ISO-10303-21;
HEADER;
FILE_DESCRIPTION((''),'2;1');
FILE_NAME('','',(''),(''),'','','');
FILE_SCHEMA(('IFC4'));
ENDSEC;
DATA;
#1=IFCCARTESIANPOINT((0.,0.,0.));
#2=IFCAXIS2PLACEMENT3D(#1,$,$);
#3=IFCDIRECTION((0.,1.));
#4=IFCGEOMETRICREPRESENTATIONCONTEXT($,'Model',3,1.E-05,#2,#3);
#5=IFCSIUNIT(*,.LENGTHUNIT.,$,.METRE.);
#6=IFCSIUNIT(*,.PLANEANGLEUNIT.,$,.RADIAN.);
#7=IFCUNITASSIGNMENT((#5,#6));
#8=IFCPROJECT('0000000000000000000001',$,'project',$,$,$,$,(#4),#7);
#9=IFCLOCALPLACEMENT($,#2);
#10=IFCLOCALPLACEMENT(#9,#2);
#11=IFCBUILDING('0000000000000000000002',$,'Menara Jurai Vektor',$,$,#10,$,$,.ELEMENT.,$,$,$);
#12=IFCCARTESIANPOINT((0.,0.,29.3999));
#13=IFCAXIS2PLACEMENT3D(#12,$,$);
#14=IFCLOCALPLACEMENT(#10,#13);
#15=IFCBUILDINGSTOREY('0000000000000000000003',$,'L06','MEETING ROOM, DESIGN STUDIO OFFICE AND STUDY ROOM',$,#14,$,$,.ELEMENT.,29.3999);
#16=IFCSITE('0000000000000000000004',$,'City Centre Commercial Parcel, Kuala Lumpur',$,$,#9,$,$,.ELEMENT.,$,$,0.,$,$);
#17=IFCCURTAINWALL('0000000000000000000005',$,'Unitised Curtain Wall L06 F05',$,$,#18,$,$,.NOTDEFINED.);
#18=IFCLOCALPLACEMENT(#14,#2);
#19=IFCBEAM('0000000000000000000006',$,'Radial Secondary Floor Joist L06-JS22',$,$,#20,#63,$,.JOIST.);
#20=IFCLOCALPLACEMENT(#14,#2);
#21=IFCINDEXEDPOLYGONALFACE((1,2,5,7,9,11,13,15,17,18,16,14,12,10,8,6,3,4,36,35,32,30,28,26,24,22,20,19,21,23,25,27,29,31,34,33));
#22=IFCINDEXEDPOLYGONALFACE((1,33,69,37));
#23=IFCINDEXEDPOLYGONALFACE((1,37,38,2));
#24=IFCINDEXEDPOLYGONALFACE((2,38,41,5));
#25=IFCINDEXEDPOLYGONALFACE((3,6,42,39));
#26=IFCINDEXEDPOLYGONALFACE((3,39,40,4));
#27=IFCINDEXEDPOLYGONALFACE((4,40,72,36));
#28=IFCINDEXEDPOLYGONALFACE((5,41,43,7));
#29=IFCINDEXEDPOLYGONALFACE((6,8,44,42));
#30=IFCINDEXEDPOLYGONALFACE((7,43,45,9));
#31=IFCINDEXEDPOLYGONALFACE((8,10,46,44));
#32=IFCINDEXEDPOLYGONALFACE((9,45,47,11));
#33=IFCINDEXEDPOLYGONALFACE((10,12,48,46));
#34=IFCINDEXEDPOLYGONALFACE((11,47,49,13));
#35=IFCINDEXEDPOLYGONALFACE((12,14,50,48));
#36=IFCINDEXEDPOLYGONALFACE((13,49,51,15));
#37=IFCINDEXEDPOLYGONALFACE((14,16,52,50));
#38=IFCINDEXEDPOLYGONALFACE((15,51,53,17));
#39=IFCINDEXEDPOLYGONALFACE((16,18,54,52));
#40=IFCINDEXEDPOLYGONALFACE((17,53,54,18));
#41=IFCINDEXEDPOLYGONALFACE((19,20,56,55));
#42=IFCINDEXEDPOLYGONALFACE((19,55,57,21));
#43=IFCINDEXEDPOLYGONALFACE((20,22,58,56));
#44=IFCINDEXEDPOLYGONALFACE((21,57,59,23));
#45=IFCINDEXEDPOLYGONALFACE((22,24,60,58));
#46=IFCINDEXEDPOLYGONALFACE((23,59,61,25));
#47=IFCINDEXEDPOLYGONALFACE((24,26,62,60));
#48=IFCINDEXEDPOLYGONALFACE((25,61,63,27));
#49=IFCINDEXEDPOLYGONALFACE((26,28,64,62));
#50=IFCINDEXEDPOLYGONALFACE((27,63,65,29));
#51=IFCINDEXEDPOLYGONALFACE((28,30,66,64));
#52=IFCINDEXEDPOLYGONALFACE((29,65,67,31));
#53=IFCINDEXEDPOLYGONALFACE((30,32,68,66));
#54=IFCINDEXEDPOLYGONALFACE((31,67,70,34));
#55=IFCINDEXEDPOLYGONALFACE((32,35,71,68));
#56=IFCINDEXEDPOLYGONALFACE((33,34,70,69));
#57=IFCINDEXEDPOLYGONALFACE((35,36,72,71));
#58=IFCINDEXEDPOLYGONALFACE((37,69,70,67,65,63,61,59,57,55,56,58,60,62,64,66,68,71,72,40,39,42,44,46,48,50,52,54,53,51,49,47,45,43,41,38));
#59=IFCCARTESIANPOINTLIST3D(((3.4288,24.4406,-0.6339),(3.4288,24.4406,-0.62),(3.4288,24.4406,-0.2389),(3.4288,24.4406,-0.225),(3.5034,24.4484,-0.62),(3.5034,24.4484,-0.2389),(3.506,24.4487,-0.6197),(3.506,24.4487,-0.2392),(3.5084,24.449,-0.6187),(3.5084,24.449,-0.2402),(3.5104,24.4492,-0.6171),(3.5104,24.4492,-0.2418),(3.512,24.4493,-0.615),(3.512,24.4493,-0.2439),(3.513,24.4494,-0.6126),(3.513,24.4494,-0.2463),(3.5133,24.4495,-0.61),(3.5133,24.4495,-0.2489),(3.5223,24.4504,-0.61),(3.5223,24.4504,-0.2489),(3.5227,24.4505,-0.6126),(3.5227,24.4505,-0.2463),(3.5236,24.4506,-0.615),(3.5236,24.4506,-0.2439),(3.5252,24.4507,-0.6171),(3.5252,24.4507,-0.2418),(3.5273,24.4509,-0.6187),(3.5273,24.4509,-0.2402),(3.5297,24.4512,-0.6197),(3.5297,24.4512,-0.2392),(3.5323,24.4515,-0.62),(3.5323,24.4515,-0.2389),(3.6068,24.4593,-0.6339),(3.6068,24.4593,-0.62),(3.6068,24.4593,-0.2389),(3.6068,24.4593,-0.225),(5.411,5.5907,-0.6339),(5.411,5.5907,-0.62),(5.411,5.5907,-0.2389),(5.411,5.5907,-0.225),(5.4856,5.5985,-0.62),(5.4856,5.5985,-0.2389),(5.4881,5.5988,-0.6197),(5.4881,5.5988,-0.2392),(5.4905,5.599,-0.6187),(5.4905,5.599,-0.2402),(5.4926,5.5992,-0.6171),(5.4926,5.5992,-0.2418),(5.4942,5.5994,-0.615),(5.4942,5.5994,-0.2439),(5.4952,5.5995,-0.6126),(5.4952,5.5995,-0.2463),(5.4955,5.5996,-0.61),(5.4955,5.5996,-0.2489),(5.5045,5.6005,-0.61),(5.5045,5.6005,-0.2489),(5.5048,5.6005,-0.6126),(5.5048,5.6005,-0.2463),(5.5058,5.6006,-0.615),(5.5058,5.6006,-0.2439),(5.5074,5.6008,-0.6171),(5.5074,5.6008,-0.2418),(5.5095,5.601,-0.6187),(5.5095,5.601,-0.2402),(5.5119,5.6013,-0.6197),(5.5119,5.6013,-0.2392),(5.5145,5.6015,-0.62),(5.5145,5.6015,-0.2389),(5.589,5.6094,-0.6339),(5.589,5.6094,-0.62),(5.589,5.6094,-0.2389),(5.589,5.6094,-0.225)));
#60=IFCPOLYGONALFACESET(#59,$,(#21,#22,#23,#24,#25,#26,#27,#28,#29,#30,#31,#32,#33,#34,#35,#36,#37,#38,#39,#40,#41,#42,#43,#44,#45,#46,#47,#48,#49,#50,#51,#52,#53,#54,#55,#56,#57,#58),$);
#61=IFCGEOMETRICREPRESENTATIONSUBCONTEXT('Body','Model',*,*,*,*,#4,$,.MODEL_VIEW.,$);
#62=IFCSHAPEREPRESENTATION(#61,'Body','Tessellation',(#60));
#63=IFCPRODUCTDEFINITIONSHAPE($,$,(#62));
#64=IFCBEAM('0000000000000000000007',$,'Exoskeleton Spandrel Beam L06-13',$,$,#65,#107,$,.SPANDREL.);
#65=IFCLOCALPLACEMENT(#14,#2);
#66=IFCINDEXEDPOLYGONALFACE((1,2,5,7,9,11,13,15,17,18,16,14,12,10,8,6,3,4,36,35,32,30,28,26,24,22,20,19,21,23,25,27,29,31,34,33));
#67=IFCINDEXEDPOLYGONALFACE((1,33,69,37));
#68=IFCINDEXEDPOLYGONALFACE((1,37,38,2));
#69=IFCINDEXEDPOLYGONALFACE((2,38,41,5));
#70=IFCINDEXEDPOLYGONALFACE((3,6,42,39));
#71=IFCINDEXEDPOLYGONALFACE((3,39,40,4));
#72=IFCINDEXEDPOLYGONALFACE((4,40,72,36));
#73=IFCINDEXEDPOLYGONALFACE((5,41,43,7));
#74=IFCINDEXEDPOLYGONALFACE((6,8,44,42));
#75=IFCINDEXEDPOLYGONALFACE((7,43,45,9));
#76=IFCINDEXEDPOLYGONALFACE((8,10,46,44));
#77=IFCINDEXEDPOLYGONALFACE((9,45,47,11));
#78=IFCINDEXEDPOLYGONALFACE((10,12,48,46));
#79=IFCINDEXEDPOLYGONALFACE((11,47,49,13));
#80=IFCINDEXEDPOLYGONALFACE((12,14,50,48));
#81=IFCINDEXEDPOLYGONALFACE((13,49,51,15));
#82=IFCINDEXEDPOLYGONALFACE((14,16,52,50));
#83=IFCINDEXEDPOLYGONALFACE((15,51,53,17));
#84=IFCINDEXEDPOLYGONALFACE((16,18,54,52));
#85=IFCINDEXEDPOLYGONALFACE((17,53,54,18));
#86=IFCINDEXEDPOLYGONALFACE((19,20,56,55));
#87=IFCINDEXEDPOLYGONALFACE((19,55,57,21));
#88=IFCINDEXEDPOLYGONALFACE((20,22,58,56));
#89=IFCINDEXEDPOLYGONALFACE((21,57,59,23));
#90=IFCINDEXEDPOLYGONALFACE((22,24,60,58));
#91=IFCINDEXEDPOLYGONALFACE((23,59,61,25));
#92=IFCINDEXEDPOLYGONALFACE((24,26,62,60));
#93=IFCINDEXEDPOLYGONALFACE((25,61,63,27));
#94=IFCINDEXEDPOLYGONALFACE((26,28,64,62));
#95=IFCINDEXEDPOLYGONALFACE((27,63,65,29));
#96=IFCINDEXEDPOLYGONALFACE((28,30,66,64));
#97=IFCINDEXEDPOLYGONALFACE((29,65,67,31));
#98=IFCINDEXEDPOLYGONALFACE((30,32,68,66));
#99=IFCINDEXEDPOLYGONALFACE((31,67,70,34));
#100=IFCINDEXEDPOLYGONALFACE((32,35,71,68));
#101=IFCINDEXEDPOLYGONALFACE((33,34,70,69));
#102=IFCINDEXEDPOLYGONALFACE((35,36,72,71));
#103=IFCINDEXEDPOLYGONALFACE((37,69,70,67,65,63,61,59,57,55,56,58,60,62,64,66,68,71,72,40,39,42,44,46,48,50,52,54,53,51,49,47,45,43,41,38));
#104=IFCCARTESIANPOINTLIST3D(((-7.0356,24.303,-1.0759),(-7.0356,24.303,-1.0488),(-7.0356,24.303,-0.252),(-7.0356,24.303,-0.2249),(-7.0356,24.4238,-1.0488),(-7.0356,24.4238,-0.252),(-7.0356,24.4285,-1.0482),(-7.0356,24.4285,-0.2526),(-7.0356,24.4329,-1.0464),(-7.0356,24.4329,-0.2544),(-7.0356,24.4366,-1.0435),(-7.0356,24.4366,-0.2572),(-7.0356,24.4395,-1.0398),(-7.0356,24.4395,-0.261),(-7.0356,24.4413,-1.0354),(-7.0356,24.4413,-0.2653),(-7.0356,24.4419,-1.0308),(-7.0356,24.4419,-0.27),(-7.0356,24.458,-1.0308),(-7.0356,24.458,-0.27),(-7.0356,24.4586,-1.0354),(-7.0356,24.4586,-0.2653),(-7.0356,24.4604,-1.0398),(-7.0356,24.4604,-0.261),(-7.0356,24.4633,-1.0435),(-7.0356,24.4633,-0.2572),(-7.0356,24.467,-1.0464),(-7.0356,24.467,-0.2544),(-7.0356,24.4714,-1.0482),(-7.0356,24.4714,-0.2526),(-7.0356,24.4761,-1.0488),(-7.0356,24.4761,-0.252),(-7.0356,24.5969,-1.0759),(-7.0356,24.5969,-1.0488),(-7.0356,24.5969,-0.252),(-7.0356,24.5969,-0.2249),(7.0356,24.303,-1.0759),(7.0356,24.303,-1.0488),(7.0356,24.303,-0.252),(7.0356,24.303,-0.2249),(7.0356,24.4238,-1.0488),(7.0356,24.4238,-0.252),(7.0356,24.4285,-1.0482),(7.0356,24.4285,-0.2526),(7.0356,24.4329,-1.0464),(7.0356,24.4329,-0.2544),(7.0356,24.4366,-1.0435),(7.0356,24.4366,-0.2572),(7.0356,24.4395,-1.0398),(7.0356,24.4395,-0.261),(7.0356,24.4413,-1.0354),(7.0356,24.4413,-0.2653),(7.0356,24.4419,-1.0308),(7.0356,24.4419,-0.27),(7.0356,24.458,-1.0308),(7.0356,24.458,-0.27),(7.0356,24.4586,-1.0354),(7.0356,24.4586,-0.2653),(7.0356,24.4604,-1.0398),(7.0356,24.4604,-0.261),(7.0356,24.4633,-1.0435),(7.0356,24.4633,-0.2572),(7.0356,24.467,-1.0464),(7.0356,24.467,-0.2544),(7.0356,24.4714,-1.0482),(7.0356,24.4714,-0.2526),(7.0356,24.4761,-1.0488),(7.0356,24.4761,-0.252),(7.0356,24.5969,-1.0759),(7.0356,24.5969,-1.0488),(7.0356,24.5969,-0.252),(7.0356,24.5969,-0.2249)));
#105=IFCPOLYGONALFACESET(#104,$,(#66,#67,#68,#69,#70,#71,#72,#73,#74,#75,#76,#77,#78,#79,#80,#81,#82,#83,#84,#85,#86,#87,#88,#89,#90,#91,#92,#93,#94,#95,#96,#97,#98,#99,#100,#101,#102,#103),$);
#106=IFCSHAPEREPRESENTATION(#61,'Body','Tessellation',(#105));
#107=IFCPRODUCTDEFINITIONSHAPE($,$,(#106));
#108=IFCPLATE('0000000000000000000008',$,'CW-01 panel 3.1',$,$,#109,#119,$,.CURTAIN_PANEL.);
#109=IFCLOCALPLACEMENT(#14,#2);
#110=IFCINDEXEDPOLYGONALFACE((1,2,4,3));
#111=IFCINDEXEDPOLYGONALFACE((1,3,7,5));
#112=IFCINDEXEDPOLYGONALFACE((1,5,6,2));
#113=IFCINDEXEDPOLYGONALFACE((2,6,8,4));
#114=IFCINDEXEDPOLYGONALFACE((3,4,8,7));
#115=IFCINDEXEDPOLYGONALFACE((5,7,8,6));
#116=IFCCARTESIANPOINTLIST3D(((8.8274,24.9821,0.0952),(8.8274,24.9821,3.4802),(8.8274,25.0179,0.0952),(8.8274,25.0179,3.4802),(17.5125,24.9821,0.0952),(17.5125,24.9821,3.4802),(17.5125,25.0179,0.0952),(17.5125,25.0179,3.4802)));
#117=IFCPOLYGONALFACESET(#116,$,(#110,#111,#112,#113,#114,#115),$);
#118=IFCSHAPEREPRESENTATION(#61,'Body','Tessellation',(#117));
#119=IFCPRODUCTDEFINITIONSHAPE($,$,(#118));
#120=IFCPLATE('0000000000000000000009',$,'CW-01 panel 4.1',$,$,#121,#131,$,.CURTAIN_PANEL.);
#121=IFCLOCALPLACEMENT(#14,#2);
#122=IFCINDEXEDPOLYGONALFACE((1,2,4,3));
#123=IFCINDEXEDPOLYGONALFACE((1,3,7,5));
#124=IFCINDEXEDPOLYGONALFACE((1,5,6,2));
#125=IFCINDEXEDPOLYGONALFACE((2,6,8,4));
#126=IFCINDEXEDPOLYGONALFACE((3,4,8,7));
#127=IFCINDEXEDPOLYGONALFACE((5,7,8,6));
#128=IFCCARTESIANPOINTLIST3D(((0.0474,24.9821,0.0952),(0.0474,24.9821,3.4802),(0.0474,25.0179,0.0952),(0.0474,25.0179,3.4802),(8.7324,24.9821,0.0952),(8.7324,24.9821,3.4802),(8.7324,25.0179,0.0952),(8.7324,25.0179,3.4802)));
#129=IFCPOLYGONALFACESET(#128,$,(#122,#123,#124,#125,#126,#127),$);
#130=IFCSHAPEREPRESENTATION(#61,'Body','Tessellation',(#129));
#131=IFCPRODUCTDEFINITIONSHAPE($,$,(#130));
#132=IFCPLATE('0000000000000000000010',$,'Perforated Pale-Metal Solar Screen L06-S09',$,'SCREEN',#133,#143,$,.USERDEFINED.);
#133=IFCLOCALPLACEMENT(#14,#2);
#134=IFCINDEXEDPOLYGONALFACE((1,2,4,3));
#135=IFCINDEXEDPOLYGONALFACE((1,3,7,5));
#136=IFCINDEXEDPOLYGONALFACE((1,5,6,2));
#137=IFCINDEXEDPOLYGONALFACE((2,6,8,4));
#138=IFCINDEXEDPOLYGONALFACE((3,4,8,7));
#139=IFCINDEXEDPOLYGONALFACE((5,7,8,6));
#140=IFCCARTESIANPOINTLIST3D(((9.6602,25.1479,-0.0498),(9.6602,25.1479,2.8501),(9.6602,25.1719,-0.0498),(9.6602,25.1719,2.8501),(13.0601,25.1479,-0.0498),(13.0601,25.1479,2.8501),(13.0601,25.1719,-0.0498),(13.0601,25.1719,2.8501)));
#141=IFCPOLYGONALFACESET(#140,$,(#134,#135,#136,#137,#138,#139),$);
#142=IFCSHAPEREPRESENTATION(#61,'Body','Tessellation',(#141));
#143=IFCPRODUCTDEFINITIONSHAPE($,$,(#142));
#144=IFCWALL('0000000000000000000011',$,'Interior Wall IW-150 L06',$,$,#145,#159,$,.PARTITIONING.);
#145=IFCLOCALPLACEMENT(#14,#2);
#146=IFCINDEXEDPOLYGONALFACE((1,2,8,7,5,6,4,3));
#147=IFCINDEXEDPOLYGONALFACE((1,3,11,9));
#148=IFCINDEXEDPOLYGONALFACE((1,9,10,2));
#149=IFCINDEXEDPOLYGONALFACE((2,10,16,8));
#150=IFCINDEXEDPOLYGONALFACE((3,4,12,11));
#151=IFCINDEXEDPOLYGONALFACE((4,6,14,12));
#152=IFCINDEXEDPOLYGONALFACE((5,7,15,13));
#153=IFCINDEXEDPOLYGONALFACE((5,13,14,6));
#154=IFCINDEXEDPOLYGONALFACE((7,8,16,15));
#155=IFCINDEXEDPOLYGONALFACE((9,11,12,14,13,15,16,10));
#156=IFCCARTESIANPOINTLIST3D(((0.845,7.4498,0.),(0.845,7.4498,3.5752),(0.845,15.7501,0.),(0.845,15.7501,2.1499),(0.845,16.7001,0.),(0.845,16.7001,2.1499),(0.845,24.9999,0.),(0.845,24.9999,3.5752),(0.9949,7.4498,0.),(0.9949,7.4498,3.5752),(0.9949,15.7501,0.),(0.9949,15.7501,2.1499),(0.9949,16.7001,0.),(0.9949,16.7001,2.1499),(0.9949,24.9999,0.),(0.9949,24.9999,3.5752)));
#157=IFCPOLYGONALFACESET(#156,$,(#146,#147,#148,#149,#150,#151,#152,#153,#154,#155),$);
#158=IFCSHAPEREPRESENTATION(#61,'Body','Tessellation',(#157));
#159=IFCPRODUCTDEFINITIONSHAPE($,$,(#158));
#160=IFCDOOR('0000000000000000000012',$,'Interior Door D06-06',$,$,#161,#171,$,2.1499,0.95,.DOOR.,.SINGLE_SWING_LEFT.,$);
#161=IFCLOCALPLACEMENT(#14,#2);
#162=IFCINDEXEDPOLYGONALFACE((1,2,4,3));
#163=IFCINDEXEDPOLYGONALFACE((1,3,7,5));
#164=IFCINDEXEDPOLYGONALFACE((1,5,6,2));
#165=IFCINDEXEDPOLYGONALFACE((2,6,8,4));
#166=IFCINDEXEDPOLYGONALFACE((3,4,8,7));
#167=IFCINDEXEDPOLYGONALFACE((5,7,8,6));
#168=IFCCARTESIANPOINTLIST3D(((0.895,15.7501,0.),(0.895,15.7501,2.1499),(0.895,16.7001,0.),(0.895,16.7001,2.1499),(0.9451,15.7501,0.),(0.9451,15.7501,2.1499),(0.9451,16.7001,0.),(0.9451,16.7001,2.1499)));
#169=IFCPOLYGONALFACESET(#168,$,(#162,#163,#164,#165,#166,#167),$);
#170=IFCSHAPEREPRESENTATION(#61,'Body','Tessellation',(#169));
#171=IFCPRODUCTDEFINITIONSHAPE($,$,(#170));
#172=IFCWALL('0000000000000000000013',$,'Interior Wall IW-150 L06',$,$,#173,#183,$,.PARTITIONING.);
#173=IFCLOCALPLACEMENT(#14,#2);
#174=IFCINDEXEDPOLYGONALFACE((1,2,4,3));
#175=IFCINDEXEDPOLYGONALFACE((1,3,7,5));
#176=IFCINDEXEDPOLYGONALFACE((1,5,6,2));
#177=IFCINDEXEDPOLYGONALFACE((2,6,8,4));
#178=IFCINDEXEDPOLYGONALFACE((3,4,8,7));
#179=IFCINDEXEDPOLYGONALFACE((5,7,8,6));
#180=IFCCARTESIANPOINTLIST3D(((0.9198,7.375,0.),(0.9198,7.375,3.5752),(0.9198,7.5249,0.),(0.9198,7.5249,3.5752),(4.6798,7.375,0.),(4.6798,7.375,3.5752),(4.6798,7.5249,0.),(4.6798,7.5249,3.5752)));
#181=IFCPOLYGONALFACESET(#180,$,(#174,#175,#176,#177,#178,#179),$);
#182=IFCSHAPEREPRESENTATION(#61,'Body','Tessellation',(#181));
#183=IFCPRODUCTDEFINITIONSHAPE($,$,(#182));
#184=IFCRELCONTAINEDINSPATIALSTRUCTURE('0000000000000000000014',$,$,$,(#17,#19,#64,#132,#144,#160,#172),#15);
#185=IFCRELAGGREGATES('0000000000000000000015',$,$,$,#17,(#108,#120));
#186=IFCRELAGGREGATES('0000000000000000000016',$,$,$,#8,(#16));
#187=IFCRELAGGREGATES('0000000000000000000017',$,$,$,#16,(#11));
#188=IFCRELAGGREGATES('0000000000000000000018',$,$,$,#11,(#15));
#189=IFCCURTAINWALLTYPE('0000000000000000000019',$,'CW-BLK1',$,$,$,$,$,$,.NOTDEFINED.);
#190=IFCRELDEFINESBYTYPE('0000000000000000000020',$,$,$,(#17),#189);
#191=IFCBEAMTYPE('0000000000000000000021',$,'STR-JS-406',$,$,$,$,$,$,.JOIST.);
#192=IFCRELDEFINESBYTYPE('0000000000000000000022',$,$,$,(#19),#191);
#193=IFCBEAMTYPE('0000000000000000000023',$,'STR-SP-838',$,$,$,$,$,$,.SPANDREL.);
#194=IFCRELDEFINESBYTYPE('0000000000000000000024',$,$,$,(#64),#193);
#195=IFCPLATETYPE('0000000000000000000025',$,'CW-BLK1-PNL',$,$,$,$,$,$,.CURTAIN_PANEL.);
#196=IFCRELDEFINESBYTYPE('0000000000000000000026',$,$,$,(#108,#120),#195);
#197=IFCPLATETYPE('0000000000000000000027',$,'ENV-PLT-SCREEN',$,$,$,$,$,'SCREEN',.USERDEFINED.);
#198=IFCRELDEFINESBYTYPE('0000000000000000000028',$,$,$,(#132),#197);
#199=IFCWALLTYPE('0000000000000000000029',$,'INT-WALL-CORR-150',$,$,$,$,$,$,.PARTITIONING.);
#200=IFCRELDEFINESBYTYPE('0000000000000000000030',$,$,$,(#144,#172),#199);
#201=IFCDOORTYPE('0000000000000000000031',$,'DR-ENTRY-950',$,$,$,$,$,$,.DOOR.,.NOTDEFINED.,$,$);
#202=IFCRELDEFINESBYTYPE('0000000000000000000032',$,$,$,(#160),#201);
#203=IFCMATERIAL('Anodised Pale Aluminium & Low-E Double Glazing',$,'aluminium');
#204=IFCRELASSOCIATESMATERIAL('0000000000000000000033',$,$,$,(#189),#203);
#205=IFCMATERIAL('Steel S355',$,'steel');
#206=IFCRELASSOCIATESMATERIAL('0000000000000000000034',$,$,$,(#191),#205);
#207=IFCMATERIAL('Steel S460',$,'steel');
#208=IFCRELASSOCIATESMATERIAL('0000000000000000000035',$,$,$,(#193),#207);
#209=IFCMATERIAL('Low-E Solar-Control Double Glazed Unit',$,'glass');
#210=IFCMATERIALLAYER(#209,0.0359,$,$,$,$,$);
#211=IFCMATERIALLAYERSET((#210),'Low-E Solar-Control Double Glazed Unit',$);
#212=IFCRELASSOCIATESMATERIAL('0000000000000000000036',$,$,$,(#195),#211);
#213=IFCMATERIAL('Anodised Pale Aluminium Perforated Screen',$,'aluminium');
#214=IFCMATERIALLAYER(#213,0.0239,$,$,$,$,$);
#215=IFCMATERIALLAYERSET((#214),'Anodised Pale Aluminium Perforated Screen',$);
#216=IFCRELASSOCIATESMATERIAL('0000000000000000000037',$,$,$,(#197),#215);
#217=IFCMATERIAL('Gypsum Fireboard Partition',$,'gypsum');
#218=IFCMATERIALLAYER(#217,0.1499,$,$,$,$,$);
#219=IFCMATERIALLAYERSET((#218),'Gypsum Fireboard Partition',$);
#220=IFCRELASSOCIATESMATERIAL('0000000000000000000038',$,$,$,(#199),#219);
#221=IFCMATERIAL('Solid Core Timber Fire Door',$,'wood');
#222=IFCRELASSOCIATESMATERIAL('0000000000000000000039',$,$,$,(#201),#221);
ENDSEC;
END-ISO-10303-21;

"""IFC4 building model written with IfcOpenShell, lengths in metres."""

from ifc_helpers import new_model, si_unit, direction, frame, frame_2d, origin, origin_2d, place, context, subcontext, project, spatial, rectangle, i_section, extrude, material, layer, layer_set, material_profile, profile_set, type_object, element, fill, aggregate, save


model = new_model("IFC4")

# Units and contexts
model_context = context("Model", 3, precision=1e-05, world=origin(), true_north=direction((0.0, 1.0)))
body_context = subcontext(model_context, "Body", "Model", "MODEL_VIEW")
ifc_project = project(units=[si_unit("LENGTHUNIT", "METRE"), si_unit("PLANEANGLEUNIT", "RADIAN")], contexts=[model_context])

# Site, building, storey
site_placement = place(None, origin())
site = spatial("IfcSite", under=ifc_project, at=site_placement, Name="City Centre Commercial Parcel, Kuala Lumpur", CompositionType="ELEMENT", RefElevation=0.0)
building_placement = place(site_placement, origin())
building = spatial("IfcBuilding", under=site, at=building_placement, Name="Menara Jurai Vektor", CompositionType="ELEMENT")
storey_placement = place(building_placement, frame((0.0, 0.0, 29.3999)))
storey = spatial("IfcBuildingStorey", under=building, at=storey_placement, Name="L06", Description="MEETING ROOM, DESIGN STUDIO OFFICE AND STUDY ROOM", CompositionType="ELEMENT", Elevation=29.3999)

# Shared definitions
ifc_material_1 = material(Name="Steel S355", Category="steel")
ifc_material_2 = material(Name="Steel S460", Category="steel")

# Curtain wall
ifc_material_3 = material(Name="Anodised Pale Aluminium & Low-E Double Glazing", Category="aluminium")
curtain_wall_type = type_object("IfcCurtainWallType", Name="CW-BLK1", PredefinedType="NOTDEFINED", material=ifc_material_3)
curtain_wall_placement = place(storey_placement, origin())
curtain_wall = element("IfcCurtainWall", 1, at=curtain_wall_placement, inside=storey, type_object=curtain_wall_type, Name="Unitised Curtain Wall L06 F05", PredefinedType="NOTDEFINED")

# Beams
ifc_material_profile_1 = material_profile(ifc_material_1, i_section(OverallWidth=0.179, OverallDepth=0.4089, WebThickness=0.009, FlangeThickness=0.0139, FilletRadius=0.01, at=origin_2d()), Name="UKB 406x178x67")
ifc_profile_set_1 = profile_set([ifc_material_profile_1], Name="Steel S355")
beam_type_1 = type_object("IfcBeamType", Name="STR-JS-406", PredefinedType="JOIST", material=ifc_profile_set_1)
beam_1_placement = place(storey_placement, frame((3.5178, 24.45, -0.4294), z_axis=(0.10458, -0.994517, 0.0), x_axis=(0.994517, 0.10458, 0.0)))
element("IfcBeam", 2, at=beam_1_placement, inside=storey, type_object=beam_type_1, Name="Radial Secondary Floor Joist L06-JS22", PredefinedType="JOIST", context=body_context, shape_type="SweptSolid", body=[
    extrude(i_section(OverallWidth=0.179, OverallDepth=0.4089, WebThickness=0.009, FlangeThickness=0.0139, FilletRadius=0.01, at=origin_2d()), origin(), (0.0, 0.0, 1.0), 18.9539),
])
ifc_material_profile_2 = material_profile(ifc_material_2, i_section(OverallWidth=0.2939, OverallDepth=0.8511, WebThickness=0.0161, FlangeThickness=0.0271, FilletRadius=0.0181, at=origin_2d()), Name="UKB 838x292x226")
ifc_profile_set_2 = profile_set([ifc_material_profile_2], Name="Steel S460")
beam_type_2 = type_object("IfcBeamType", Name="STR-SP-838", PredefinedType="SPANDREL", material=ifc_profile_set_2)
beam_2_placement = place(storey_placement, frame((7.0356, 24.45, -0.6504), z_axis=(-1.0, 0.0, 0.0), x_axis=(0.0, -1.0, 0.0)))
element("IfcBeam", 3, at=beam_2_placement, inside=storey, type_object=beam_type_2, Name="Exoskeleton Spandrel Beam L06-13", PredefinedType="SPANDREL", context=body_context, shape_type="SweptSolid", body=[
    extrude(i_section(OverallWidth=0.2939, OverallDepth=0.8511, WebThickness=0.0161, FlangeThickness=0.0271, FilletRadius=0.0181, at=origin_2d()), origin(), (0.0, 0.0, 1.0), 14.0713),
])

# Plates
ifc_material_4 = material(Name="Low-E Solar-Control Double Glazed Unit", Category="glass")
ifc_layer_1 = layer(ifc_material_4, 0.0359)
ifc_layer_set_1 = layer_set([ifc_layer_1], Name="Low-E Solar-Control Double Glazed Unit")
plate_type_1 = type_object("IfcPlateType", Name="CW-BLK1-PNL", PredefinedType="CURTAIN_PANEL", material=ifc_layer_set_1)
plate_1_placement = place(storey_placement, frame((13.1699, 25.0, 0.0952), z_axis=(0.0, 0.0, 1.0), x_axis=(-1.0, 0.0, 0.0)))
plate_1 = element("IfcPlate", 4, at=plate_1_placement, type_object=plate_type_1, Name="CW-01 panel 3.1", PredefinedType="CURTAIN_PANEL", context=body_context, shape_type="SweptSolid", body=[
    extrude(rectangle(XDim=8.6851, YDim=0.0359, at=origin_2d()), origin(), (0.0, 0.0, 1.0), 3.385),
])
plate_2_placement = place(storey_placement, frame((4.3899, 25.0, 0.0952), z_axis=(0.0, 0.0, 1.0), x_axis=(-1.0, 0.0, 0.0)))
plate_2 = element("IfcPlate", 5, at=plate_2_placement, type_object=plate_type_1, Name="CW-01 panel 4.1", PredefinedType="CURTAIN_PANEL", context=body_context, shape_type="SweptSolid", body=[
    extrude(rectangle(XDim=8.6851, YDim=0.0359, at=origin_2d()), origin(), (0.0, 0.0, 1.0), 3.385),
])
aggregate(curtain_wall, [plate_1, plate_2])
ifc_material_5 = material(Name="Anodised Pale Aluminium Perforated Screen", Category="aluminium")
ifc_layer_2 = layer(ifc_material_5, 0.0239)
ifc_layer_set_2 = layer_set([ifc_layer_2], Name="Anodised Pale Aluminium Perforated Screen")
plate_type_2 = type_object("IfcPlateType", Name="ENV-PLT-SCREEN", ElementType="SCREEN", PredefinedType="USERDEFINED", material=ifc_layer_set_2)
plate_3_placement = place(storey_placement, frame((11.3601, 25.1599, -0.0498), z_axis=(0.0, 0.0, 1.0), x_axis=(-1.0, 0.0, 0.0)))
element("IfcPlate", 6, at=plate_3_placement, inside=storey, type_object=plate_type_2, Name="Perforated Pale-Metal Solar Screen L06-S09", ObjectType="SCREEN", PredefinedType="USERDEFINED", context=body_context, shape_type="SweptSolid", body=[
    extrude(rectangle(XDim=3.3999, YDim=0.0239, at=origin_2d()), origin(), (0.0, 0.0, 1.0), 2.8999),
])

# Wall, opening, door
ifc_material_6 = material(Name="Gypsum Fireboard Partition", Category="gypsum")
ifc_layer_3 = layer(ifc_material_6, 0.1499)
ifc_layer_set_3 = layer_set([ifc_layer_3], Name="Gypsum Fireboard Partition")
wall_type_1 = type_object("IfcWallType", Name="INT-WALL-CORR-150", PredefinedType="PARTITIONING", material=ifc_layer_set_3)
wall_1_placement = place(storey_placement, frame((0.9199, 7.45, 0.0), z_axis=(0.0, 0.0, 1.0), x_axis=(0.0, 1.0, 0.0)))
wall_1 = element("IfcWall", 7, at=wall_1_placement, inside=storey, type_object=wall_type_1, Name="Interior Wall IW-150 L06", PredefinedType="PARTITIONING", context=body_context, shape_type="SweptSolid", body=[
    extrude(rectangle(XDim=17.55, YDim=0.1499, at=frame_2d((8.7749, 0.0))), origin(), (0.0, 0.0, 1.0), 3.5752),
])
opening_1_placement = place(wall_1_placement, frame((8.3, 0.0, 0.0)))
opening_1 = element("IfcOpeningElement", 8, at=opening_1_placement, cuts=wall_1, PredefinedType="OPENING", context=body_context, shape_type="SweptSolid", body=[
    extrude(rectangle(XDim=0.95, YDim=2.1499, at=frame_2d((0.4751, 1.075))), frame((0.0, 0.085, 0.0), z_axis=(0.0, -1.0, 0.0), x_axis=(1.0, 0.0, 0.0)), (0.0, 0.0, 1.0), 0.1699),
])
ifc_material_7 = material(Name="Solid Core Timber Fire Door", Category="wood")
door_type = type_object("IfcDoorType", Name="DR-ENTRY-950", OperationType="NOTDEFINED", PredefinedType="DOOR", material=ifc_material_7)
door_1_placement = place(opening_1_placement, origin())
door_1 = element("IfcDoor", 9, at=door_1_placement, inside=storey, type_object=door_type, Name="Interior Door D06-06", OperationType="SINGLE_SWING_LEFT", OverallHeight=2.1499, OverallWidth=0.95, PredefinedType="DOOR", context=body_context, shape_type="SweptSolid", body=[
    extrude(rectangle(XDim=0.95, YDim=2.1499, at=frame_2d((0.4751, 1.075))), frame((0.0, 0.0249, 0.0), z_axis=(0.0, -1.0, 0.0), x_axis=(1.0, 0.0, 0.0)), (0.0, 0.0, 1.0), 0.05),
])
fill(opening_1, door_1)

# Wall
wall_2_placement = place(storey_placement, frame((0.9199, 7.45, 0.0), z_axis=(0.0, 0.0, 1.0), x_axis=(1.0, 0.0, 0.0)))
element("IfcWall", 10, at=wall_2_placement, inside=storey, type_object=wall_type_1, Name="Interior Wall IW-150 L06", PredefinedType="PARTITIONING", context=body_context, shape_type="SweptSolid", body=[
    extrude(rectangle(XDim=3.76, YDim=0.1499, at=frame_2d((1.8799, 0.0))), origin(), (0.0, 0.0, 1.0), 3.5752),
])

save(model, "model.ifc")
